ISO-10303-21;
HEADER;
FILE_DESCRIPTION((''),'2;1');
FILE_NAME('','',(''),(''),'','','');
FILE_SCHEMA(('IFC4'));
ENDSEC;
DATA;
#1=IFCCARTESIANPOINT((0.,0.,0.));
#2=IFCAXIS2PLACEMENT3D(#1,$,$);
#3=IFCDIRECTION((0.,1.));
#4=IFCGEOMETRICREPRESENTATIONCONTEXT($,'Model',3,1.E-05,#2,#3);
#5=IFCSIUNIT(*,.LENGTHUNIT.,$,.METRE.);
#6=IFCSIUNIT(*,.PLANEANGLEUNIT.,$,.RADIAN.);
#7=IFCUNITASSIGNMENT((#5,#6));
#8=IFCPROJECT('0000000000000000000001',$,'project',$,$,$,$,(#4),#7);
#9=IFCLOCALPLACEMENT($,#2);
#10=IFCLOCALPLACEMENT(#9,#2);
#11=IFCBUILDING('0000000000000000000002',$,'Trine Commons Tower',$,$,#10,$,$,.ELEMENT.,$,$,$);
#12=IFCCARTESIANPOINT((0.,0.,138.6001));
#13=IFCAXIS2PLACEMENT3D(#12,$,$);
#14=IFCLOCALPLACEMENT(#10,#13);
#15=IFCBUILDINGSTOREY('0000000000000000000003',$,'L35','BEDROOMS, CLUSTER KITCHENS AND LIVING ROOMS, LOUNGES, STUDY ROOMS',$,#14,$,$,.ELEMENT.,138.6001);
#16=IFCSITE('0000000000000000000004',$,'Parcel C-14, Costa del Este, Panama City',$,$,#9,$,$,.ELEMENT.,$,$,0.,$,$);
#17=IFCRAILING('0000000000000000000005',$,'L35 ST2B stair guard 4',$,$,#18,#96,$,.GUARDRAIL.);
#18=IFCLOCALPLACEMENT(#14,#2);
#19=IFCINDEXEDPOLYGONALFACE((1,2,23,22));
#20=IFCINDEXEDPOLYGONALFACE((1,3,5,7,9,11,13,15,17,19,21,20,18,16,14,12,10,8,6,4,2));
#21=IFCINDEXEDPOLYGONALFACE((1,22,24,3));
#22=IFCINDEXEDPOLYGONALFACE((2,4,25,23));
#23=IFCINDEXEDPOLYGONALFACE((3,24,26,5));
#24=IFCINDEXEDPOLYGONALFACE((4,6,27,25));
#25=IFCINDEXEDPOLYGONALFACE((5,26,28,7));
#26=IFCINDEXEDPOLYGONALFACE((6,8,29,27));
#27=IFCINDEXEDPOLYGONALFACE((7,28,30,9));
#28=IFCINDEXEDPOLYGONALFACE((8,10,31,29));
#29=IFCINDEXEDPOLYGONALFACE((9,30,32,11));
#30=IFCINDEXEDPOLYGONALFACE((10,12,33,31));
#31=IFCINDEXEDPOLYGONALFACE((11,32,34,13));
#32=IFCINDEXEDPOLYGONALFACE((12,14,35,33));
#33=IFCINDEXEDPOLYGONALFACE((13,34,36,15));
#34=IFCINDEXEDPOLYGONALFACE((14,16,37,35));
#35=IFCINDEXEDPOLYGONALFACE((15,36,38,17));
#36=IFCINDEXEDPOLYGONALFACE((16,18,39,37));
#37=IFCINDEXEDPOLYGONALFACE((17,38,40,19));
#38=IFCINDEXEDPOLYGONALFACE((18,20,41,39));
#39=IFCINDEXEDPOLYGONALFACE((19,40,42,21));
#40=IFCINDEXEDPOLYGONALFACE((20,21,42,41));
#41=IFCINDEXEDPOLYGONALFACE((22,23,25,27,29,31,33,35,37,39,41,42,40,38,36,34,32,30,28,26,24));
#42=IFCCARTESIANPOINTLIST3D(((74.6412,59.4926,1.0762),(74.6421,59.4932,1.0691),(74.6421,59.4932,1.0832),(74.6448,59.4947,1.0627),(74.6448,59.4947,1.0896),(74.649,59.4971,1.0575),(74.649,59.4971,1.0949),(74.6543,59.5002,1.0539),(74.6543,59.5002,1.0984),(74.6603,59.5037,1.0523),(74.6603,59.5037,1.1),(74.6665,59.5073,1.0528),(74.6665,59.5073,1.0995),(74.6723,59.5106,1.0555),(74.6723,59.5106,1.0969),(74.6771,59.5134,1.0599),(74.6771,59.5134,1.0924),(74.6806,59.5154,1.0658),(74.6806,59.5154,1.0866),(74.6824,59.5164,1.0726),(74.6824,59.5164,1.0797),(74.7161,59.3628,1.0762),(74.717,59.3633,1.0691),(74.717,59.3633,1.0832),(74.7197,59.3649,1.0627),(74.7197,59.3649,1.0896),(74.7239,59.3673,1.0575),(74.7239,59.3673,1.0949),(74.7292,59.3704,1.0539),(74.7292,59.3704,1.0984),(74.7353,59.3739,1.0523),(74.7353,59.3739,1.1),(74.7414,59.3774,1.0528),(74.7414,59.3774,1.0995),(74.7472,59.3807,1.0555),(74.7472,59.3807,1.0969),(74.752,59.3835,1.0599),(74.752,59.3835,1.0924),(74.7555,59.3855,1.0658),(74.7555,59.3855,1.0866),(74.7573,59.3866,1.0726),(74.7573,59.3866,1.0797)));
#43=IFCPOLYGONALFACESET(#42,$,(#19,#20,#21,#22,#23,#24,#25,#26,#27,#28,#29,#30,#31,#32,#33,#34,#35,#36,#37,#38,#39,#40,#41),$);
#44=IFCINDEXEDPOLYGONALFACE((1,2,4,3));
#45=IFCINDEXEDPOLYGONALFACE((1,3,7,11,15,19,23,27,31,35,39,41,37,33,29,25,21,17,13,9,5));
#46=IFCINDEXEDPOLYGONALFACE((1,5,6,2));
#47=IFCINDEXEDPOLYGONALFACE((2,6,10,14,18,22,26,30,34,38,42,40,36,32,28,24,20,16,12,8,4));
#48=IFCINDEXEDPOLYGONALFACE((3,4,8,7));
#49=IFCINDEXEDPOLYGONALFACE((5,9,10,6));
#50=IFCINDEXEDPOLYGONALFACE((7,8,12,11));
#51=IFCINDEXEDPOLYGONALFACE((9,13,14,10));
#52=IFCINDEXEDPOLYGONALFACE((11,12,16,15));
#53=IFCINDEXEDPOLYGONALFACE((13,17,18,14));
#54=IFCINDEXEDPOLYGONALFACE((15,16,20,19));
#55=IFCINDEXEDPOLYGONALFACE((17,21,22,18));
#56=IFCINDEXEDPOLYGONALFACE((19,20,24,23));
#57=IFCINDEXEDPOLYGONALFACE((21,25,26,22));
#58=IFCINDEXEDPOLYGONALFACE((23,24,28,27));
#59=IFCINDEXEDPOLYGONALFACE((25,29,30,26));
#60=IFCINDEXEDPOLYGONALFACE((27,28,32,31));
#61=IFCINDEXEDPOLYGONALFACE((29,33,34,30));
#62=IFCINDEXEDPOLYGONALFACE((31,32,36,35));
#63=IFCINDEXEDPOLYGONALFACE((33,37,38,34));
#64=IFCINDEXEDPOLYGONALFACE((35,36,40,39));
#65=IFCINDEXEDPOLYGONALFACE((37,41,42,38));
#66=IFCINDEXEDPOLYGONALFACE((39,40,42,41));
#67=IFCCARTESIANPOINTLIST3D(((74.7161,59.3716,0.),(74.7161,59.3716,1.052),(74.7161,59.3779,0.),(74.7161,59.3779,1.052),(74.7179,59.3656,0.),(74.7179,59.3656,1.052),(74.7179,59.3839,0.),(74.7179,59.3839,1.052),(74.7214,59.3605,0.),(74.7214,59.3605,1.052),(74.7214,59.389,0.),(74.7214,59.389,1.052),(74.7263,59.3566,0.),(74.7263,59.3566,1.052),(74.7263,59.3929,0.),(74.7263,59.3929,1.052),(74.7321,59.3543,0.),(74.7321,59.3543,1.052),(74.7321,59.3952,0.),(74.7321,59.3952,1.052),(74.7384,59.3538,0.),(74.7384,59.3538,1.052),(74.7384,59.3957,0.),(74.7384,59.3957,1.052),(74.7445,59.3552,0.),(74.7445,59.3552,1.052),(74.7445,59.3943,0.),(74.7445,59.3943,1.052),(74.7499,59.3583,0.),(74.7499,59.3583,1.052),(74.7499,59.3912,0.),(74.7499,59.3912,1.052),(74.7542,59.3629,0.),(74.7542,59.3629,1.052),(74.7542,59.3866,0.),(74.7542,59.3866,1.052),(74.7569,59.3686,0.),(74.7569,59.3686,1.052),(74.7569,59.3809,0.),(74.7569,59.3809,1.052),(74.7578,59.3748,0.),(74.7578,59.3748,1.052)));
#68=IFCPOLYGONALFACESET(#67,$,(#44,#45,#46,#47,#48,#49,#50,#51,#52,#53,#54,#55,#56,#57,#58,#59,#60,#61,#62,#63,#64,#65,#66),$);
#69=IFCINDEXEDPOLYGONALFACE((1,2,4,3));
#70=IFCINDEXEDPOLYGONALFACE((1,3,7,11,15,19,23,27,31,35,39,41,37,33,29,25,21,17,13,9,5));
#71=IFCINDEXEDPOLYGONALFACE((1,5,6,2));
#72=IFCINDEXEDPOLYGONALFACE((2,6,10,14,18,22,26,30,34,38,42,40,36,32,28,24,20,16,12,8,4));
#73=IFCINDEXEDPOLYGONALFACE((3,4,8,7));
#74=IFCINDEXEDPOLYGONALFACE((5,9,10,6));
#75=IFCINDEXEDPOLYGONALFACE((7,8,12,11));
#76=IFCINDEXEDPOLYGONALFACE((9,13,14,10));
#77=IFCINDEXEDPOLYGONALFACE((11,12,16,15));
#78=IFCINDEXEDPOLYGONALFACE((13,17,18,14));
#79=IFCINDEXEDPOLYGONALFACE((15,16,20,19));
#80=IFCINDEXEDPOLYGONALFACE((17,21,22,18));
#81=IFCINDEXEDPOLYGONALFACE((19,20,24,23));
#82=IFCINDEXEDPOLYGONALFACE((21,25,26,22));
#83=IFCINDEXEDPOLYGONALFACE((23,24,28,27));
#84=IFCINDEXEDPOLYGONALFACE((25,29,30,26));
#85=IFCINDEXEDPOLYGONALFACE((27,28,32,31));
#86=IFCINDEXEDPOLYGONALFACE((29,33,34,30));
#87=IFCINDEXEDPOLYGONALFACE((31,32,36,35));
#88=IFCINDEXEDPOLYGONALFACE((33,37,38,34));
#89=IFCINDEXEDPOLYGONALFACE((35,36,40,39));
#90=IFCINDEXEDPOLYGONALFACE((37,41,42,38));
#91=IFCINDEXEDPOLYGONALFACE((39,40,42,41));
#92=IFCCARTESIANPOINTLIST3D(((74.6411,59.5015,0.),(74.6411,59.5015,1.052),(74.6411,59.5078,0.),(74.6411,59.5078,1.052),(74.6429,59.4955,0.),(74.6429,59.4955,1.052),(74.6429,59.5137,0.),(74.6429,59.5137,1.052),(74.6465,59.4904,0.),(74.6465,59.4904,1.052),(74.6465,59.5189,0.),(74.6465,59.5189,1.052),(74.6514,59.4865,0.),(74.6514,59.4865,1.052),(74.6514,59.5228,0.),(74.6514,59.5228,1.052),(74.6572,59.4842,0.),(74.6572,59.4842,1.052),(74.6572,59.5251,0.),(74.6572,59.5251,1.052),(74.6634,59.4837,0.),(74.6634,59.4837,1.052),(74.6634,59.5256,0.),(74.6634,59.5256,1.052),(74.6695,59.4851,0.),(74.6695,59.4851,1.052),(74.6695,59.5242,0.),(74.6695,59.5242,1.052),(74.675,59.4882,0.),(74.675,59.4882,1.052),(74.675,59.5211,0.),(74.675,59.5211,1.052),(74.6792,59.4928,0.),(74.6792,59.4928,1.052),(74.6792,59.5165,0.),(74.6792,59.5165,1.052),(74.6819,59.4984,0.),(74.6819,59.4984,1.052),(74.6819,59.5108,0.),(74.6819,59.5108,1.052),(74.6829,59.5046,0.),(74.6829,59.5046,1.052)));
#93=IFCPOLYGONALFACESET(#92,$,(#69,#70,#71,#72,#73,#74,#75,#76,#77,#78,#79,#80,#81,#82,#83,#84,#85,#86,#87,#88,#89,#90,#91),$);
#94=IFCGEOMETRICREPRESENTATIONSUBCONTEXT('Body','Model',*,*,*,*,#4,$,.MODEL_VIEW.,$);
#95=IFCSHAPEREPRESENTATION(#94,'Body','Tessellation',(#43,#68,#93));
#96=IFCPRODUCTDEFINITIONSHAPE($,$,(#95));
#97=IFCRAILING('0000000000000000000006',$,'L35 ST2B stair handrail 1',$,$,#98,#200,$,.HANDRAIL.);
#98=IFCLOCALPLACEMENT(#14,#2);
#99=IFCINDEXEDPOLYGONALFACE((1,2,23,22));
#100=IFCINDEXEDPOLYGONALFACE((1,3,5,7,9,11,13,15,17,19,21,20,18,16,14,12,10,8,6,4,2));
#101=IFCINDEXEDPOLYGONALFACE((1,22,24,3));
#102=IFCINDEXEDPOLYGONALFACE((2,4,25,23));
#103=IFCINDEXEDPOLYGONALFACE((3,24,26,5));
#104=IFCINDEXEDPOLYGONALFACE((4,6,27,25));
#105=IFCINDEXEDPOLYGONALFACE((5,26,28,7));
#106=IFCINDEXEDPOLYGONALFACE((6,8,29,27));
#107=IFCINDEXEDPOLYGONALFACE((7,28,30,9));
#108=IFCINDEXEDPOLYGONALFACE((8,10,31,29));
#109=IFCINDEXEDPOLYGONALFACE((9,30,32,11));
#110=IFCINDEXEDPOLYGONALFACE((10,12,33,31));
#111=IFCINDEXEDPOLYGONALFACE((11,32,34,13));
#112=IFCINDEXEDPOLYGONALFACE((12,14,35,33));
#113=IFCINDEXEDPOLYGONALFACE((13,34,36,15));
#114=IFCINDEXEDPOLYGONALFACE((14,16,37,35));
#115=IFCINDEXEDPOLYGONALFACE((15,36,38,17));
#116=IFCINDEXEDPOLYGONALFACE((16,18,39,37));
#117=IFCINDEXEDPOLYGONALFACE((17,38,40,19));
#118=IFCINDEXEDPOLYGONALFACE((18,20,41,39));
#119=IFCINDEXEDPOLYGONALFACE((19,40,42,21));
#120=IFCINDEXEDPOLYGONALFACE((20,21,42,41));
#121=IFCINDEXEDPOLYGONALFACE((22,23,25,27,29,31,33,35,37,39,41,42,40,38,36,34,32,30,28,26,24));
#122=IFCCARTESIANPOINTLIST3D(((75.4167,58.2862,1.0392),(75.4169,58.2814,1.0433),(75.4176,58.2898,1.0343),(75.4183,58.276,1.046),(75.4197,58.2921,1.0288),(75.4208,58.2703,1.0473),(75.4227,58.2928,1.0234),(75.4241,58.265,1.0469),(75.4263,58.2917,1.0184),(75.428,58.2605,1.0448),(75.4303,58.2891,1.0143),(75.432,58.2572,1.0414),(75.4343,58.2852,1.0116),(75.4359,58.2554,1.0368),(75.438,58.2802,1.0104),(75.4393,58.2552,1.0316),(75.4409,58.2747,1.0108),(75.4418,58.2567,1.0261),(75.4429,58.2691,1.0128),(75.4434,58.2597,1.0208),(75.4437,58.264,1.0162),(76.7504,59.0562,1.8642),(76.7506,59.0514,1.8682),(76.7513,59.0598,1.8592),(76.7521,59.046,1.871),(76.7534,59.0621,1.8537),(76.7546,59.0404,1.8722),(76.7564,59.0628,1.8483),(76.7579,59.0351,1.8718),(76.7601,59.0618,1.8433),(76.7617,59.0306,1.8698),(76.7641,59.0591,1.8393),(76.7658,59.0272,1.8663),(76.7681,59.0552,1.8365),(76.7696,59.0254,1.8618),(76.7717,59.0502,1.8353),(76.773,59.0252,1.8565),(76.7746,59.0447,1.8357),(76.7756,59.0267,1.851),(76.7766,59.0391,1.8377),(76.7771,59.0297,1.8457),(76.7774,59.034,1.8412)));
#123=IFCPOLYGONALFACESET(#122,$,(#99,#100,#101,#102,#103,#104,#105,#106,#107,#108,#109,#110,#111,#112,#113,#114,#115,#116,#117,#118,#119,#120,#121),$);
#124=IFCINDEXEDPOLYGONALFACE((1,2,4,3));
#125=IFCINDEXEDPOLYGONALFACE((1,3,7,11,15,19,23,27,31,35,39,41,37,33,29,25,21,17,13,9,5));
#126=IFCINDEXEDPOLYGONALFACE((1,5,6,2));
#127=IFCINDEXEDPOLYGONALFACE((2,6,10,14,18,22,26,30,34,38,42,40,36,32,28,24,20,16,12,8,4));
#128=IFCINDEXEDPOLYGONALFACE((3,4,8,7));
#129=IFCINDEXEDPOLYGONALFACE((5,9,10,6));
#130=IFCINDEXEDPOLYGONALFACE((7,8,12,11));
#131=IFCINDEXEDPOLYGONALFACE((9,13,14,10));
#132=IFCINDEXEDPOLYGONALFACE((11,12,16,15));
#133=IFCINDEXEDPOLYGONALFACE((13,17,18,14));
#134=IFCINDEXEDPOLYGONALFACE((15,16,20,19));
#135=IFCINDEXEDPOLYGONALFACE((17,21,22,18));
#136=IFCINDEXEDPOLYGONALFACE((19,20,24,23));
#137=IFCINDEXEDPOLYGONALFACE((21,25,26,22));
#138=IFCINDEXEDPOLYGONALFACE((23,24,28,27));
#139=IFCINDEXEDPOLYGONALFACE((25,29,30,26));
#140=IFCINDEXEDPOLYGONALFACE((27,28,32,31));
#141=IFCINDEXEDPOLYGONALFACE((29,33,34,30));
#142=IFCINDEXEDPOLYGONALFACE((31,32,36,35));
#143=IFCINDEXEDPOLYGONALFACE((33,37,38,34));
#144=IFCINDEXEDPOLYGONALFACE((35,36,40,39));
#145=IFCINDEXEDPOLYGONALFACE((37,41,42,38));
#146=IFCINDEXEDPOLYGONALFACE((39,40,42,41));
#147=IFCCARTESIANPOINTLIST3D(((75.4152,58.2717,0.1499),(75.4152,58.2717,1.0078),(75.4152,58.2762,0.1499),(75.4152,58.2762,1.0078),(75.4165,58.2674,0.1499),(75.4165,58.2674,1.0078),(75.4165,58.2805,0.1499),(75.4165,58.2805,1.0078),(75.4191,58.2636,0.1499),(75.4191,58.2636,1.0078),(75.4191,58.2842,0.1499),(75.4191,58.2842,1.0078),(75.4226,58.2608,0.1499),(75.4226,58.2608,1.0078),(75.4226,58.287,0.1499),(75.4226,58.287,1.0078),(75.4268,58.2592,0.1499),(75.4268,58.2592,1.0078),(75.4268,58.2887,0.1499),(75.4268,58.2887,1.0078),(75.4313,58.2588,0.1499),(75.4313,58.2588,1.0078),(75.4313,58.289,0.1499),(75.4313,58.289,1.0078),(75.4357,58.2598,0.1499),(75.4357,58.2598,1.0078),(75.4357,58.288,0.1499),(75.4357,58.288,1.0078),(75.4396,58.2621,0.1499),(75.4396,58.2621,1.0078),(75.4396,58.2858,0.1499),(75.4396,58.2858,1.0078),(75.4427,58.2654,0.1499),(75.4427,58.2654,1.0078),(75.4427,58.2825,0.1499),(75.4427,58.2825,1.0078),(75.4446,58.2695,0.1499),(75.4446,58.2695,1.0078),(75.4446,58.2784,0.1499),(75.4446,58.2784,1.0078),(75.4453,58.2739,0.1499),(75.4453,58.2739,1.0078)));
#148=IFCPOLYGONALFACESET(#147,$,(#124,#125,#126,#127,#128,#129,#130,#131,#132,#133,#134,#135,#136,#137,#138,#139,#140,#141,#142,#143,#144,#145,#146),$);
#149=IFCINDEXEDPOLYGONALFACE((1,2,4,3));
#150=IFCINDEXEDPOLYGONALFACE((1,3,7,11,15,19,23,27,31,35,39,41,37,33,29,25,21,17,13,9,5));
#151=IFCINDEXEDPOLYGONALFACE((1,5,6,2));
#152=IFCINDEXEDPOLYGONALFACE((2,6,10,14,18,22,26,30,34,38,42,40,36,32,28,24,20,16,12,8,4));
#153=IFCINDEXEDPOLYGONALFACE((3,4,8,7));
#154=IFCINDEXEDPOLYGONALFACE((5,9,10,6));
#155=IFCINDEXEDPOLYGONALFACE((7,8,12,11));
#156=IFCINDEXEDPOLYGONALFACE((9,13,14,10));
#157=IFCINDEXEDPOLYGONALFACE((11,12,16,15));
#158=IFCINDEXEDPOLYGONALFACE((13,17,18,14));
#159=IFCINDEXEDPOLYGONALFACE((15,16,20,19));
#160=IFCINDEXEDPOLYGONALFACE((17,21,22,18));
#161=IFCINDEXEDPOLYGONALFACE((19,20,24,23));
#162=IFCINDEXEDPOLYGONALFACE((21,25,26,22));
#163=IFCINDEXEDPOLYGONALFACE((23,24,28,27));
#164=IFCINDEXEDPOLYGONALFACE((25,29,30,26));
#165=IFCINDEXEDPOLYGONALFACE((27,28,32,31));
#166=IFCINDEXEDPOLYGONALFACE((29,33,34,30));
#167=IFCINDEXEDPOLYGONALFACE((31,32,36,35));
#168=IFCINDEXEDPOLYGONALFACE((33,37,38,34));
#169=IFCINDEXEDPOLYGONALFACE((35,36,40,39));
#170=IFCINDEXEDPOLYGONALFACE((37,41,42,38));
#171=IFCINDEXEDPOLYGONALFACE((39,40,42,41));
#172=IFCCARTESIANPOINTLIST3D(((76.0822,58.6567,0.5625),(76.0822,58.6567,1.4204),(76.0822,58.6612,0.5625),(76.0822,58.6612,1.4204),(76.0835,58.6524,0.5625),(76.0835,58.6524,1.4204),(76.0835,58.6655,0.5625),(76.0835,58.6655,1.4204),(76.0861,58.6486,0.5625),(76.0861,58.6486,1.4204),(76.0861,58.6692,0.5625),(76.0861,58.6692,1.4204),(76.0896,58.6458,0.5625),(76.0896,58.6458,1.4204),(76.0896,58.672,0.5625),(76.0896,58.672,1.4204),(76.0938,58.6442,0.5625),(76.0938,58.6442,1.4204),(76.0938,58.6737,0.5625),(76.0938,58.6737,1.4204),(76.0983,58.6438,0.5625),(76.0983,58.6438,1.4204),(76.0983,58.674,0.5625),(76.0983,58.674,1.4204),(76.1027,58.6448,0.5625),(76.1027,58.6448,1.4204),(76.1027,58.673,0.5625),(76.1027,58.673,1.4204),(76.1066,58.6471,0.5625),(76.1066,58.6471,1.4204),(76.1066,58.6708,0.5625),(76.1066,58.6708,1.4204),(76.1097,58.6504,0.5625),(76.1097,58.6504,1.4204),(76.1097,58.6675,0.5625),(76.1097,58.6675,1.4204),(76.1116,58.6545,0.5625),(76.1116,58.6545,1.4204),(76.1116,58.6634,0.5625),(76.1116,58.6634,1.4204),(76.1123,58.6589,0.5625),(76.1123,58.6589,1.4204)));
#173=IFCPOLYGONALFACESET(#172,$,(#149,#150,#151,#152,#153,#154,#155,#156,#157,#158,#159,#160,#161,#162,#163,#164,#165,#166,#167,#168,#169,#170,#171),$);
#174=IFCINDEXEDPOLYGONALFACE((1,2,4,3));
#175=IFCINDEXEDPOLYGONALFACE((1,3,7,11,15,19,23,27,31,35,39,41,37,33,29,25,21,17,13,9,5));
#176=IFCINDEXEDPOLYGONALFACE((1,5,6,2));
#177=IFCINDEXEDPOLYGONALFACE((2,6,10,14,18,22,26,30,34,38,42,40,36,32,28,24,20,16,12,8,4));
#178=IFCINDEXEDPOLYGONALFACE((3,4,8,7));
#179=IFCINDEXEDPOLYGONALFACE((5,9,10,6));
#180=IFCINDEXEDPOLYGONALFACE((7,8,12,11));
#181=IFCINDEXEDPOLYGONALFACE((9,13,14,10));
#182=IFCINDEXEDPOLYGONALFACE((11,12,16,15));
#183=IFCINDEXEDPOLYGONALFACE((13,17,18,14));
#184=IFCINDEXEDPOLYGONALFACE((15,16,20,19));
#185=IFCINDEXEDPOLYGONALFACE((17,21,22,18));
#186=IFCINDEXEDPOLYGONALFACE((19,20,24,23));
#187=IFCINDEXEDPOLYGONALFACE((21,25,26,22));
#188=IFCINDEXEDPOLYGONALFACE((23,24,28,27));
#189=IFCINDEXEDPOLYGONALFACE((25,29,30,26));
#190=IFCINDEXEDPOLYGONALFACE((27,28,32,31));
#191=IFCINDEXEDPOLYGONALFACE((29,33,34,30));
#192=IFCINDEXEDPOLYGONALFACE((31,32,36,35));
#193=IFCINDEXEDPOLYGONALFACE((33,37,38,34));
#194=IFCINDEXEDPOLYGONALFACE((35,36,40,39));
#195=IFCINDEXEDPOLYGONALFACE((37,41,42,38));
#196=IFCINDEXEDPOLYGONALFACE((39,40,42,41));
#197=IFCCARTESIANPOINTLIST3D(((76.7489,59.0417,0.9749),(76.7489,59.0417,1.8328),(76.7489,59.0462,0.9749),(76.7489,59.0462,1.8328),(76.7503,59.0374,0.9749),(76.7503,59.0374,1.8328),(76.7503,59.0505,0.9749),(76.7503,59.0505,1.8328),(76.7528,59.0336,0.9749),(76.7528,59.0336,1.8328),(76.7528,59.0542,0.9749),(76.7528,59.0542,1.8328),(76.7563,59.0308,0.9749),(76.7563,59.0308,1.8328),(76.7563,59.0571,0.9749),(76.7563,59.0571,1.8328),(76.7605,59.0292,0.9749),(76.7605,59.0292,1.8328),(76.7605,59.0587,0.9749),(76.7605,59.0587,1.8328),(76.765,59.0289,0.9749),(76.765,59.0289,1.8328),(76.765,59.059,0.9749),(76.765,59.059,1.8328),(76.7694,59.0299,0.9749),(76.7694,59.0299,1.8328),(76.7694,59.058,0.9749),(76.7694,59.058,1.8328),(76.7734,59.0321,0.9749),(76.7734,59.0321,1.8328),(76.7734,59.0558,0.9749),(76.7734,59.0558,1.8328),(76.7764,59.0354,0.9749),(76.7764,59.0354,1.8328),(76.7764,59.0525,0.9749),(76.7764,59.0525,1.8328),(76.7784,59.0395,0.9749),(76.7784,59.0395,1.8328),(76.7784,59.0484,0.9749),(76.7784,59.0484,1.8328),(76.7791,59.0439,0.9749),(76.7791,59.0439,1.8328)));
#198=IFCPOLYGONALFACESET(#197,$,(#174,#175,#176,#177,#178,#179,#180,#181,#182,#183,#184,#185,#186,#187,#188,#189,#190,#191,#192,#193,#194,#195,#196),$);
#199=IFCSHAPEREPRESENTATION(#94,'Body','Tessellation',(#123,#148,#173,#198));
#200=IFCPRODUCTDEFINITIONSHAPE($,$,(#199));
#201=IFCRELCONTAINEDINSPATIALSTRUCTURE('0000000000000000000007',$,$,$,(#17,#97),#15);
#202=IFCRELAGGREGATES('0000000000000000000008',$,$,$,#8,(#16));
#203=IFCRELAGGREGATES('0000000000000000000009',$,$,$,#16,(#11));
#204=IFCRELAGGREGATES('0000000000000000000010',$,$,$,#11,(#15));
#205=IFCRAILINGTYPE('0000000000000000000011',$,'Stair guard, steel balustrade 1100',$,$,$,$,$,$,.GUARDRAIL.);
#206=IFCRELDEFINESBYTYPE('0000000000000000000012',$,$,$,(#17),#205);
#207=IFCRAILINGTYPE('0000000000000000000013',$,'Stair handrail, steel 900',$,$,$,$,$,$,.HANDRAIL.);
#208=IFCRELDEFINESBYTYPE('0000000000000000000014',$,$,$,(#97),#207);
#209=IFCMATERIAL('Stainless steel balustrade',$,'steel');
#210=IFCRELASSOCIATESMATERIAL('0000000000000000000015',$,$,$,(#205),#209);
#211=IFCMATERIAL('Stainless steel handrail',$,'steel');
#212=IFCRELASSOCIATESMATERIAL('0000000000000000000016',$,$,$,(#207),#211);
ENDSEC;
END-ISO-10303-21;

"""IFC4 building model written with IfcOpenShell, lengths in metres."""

from ifc_helpers import new_model, si_unit, direction, frame, origin, origin_2d, place, context, subcontext, project, spatial, circle, extrude, material, type_object, element, save


model = new_model("IFC4")

# Units and contexts
model_context = context("Model", 3, precision=1e-05, world=origin(), true_north=direction((0.0, 1.0)))
body_context = subcontext(model_context, "Body", "Model", "MODEL_VIEW")
ifc_project = project(units=[si_unit("LENGTHUNIT", "METRE"), si_unit("PLANEANGLEUNIT", "RADIAN")], contexts=[model_context])

# Site, building, storey
site_placement = place(None, origin())
site = spatial("IfcSite", under=ifc_project, at=site_placement, Name="Parcel C-14, Costa del Este, Panama City", CompositionType="ELEMENT", RefElevation=0.0)
building_placement = place(site_placement, origin())
building = spatial("IfcBuilding", under=site, at=building_placement, Name="Trine Commons Tower", CompositionType="ELEMENT")
storey_placement = place(building_placement, frame((0.0, 0.0, 138.6001)))
storey = spatial("IfcBuildingStorey", under=building, at=storey_placement, Name="L35", Description="BEDROOMS, CLUSTER KITCHENS AND LIVING ROOMS, LOUNGES, STUDY ROOMS", CompositionType="ELEMENT", Elevation=138.6001)

# Railings
ifc_material_1 = material(Name="Stainless steel balustrade", Category="steel")
railing_type_1 = type_object("IfcRailingType", Name="Stair guard, steel balustrade 1100", PredefinedType="GUARDRAIL", material=ifc_material_1)
railing_1_placement = place(storey_placement, frame((74.7368, 59.3748, 0.0)))
element("IfcRailing", 1, at=railing_1_placement, inside=storey, type_object=railing_type_1, Name="L35 ST2B stair guard 4", PredefinedType="GUARDRAIL", context=body_context, shape_type="SweptSolid", body=[
    extrude(circle(Radius=0.0239, at=origin_2d()), frame((0.0, 0.0, 1.0762), z_axis=(-0.499816, 0.866131, 0.0), x_axis=(-0.866131, -0.499816, 0.0)), (0.0, 0.0, 1.0), 0.1499),
    extrude(circle(Radius=0.021, at=origin_2d()), origin(), (0.0, 0.0, 1.0), 1.052),
    extrude(circle(Radius=0.021, at=origin_2d()), frame((-0.075, 0.1299, 0.0)), (0.0, 0.0, 1.0), 1.052),
])
ifc_material_2 = material(Name="Stainless steel handrail", Category="steel")
railing_type_2 = type_object("IfcRailingType", Name="Stair handrail, steel 900", PredefinedType="HANDRAIL", material=ifc_material_2)
for number, where, name in (
    (2, (75.4302, 58.2739, 0.1499), "L35 ST2B stair handrail 1"),
):
    element("IfcRailing", number, at=place(storey_placement, frame(where)), inside=storey, type_object=railing_type_2, Name=name, PredefinedType="HANDRAIL", context=body_context, shape_type="SweptSolid", body=[
        extrude(circle(Radius=0.021, at=origin_2d()), frame((0.0, 0.0, 0.8789), z_axis=(0.763405, 0.440743, 0.472185), x_axis=(-0.499992, 0.86603, 0.0)), (0.0, 0.0, 1.0), 1.7471),
        extrude(circle(Radius=0.0151, at=origin_2d()), origin(), (0.0, 0.0, 1.0), 0.8579),
        extrude(circle(Radius=0.0151, at=origin_2d()), frame((0.667, 0.385, 0.4126)), (0.0, 0.0, 1.0), 0.8579),
        extrude(circle(Radius=0.0151, at=origin_2d()), frame((1.3337, 0.77, 0.825)), (0.0, 0.0, 1.0), 0.8579),
    ])

save(model, "model.ifc")
